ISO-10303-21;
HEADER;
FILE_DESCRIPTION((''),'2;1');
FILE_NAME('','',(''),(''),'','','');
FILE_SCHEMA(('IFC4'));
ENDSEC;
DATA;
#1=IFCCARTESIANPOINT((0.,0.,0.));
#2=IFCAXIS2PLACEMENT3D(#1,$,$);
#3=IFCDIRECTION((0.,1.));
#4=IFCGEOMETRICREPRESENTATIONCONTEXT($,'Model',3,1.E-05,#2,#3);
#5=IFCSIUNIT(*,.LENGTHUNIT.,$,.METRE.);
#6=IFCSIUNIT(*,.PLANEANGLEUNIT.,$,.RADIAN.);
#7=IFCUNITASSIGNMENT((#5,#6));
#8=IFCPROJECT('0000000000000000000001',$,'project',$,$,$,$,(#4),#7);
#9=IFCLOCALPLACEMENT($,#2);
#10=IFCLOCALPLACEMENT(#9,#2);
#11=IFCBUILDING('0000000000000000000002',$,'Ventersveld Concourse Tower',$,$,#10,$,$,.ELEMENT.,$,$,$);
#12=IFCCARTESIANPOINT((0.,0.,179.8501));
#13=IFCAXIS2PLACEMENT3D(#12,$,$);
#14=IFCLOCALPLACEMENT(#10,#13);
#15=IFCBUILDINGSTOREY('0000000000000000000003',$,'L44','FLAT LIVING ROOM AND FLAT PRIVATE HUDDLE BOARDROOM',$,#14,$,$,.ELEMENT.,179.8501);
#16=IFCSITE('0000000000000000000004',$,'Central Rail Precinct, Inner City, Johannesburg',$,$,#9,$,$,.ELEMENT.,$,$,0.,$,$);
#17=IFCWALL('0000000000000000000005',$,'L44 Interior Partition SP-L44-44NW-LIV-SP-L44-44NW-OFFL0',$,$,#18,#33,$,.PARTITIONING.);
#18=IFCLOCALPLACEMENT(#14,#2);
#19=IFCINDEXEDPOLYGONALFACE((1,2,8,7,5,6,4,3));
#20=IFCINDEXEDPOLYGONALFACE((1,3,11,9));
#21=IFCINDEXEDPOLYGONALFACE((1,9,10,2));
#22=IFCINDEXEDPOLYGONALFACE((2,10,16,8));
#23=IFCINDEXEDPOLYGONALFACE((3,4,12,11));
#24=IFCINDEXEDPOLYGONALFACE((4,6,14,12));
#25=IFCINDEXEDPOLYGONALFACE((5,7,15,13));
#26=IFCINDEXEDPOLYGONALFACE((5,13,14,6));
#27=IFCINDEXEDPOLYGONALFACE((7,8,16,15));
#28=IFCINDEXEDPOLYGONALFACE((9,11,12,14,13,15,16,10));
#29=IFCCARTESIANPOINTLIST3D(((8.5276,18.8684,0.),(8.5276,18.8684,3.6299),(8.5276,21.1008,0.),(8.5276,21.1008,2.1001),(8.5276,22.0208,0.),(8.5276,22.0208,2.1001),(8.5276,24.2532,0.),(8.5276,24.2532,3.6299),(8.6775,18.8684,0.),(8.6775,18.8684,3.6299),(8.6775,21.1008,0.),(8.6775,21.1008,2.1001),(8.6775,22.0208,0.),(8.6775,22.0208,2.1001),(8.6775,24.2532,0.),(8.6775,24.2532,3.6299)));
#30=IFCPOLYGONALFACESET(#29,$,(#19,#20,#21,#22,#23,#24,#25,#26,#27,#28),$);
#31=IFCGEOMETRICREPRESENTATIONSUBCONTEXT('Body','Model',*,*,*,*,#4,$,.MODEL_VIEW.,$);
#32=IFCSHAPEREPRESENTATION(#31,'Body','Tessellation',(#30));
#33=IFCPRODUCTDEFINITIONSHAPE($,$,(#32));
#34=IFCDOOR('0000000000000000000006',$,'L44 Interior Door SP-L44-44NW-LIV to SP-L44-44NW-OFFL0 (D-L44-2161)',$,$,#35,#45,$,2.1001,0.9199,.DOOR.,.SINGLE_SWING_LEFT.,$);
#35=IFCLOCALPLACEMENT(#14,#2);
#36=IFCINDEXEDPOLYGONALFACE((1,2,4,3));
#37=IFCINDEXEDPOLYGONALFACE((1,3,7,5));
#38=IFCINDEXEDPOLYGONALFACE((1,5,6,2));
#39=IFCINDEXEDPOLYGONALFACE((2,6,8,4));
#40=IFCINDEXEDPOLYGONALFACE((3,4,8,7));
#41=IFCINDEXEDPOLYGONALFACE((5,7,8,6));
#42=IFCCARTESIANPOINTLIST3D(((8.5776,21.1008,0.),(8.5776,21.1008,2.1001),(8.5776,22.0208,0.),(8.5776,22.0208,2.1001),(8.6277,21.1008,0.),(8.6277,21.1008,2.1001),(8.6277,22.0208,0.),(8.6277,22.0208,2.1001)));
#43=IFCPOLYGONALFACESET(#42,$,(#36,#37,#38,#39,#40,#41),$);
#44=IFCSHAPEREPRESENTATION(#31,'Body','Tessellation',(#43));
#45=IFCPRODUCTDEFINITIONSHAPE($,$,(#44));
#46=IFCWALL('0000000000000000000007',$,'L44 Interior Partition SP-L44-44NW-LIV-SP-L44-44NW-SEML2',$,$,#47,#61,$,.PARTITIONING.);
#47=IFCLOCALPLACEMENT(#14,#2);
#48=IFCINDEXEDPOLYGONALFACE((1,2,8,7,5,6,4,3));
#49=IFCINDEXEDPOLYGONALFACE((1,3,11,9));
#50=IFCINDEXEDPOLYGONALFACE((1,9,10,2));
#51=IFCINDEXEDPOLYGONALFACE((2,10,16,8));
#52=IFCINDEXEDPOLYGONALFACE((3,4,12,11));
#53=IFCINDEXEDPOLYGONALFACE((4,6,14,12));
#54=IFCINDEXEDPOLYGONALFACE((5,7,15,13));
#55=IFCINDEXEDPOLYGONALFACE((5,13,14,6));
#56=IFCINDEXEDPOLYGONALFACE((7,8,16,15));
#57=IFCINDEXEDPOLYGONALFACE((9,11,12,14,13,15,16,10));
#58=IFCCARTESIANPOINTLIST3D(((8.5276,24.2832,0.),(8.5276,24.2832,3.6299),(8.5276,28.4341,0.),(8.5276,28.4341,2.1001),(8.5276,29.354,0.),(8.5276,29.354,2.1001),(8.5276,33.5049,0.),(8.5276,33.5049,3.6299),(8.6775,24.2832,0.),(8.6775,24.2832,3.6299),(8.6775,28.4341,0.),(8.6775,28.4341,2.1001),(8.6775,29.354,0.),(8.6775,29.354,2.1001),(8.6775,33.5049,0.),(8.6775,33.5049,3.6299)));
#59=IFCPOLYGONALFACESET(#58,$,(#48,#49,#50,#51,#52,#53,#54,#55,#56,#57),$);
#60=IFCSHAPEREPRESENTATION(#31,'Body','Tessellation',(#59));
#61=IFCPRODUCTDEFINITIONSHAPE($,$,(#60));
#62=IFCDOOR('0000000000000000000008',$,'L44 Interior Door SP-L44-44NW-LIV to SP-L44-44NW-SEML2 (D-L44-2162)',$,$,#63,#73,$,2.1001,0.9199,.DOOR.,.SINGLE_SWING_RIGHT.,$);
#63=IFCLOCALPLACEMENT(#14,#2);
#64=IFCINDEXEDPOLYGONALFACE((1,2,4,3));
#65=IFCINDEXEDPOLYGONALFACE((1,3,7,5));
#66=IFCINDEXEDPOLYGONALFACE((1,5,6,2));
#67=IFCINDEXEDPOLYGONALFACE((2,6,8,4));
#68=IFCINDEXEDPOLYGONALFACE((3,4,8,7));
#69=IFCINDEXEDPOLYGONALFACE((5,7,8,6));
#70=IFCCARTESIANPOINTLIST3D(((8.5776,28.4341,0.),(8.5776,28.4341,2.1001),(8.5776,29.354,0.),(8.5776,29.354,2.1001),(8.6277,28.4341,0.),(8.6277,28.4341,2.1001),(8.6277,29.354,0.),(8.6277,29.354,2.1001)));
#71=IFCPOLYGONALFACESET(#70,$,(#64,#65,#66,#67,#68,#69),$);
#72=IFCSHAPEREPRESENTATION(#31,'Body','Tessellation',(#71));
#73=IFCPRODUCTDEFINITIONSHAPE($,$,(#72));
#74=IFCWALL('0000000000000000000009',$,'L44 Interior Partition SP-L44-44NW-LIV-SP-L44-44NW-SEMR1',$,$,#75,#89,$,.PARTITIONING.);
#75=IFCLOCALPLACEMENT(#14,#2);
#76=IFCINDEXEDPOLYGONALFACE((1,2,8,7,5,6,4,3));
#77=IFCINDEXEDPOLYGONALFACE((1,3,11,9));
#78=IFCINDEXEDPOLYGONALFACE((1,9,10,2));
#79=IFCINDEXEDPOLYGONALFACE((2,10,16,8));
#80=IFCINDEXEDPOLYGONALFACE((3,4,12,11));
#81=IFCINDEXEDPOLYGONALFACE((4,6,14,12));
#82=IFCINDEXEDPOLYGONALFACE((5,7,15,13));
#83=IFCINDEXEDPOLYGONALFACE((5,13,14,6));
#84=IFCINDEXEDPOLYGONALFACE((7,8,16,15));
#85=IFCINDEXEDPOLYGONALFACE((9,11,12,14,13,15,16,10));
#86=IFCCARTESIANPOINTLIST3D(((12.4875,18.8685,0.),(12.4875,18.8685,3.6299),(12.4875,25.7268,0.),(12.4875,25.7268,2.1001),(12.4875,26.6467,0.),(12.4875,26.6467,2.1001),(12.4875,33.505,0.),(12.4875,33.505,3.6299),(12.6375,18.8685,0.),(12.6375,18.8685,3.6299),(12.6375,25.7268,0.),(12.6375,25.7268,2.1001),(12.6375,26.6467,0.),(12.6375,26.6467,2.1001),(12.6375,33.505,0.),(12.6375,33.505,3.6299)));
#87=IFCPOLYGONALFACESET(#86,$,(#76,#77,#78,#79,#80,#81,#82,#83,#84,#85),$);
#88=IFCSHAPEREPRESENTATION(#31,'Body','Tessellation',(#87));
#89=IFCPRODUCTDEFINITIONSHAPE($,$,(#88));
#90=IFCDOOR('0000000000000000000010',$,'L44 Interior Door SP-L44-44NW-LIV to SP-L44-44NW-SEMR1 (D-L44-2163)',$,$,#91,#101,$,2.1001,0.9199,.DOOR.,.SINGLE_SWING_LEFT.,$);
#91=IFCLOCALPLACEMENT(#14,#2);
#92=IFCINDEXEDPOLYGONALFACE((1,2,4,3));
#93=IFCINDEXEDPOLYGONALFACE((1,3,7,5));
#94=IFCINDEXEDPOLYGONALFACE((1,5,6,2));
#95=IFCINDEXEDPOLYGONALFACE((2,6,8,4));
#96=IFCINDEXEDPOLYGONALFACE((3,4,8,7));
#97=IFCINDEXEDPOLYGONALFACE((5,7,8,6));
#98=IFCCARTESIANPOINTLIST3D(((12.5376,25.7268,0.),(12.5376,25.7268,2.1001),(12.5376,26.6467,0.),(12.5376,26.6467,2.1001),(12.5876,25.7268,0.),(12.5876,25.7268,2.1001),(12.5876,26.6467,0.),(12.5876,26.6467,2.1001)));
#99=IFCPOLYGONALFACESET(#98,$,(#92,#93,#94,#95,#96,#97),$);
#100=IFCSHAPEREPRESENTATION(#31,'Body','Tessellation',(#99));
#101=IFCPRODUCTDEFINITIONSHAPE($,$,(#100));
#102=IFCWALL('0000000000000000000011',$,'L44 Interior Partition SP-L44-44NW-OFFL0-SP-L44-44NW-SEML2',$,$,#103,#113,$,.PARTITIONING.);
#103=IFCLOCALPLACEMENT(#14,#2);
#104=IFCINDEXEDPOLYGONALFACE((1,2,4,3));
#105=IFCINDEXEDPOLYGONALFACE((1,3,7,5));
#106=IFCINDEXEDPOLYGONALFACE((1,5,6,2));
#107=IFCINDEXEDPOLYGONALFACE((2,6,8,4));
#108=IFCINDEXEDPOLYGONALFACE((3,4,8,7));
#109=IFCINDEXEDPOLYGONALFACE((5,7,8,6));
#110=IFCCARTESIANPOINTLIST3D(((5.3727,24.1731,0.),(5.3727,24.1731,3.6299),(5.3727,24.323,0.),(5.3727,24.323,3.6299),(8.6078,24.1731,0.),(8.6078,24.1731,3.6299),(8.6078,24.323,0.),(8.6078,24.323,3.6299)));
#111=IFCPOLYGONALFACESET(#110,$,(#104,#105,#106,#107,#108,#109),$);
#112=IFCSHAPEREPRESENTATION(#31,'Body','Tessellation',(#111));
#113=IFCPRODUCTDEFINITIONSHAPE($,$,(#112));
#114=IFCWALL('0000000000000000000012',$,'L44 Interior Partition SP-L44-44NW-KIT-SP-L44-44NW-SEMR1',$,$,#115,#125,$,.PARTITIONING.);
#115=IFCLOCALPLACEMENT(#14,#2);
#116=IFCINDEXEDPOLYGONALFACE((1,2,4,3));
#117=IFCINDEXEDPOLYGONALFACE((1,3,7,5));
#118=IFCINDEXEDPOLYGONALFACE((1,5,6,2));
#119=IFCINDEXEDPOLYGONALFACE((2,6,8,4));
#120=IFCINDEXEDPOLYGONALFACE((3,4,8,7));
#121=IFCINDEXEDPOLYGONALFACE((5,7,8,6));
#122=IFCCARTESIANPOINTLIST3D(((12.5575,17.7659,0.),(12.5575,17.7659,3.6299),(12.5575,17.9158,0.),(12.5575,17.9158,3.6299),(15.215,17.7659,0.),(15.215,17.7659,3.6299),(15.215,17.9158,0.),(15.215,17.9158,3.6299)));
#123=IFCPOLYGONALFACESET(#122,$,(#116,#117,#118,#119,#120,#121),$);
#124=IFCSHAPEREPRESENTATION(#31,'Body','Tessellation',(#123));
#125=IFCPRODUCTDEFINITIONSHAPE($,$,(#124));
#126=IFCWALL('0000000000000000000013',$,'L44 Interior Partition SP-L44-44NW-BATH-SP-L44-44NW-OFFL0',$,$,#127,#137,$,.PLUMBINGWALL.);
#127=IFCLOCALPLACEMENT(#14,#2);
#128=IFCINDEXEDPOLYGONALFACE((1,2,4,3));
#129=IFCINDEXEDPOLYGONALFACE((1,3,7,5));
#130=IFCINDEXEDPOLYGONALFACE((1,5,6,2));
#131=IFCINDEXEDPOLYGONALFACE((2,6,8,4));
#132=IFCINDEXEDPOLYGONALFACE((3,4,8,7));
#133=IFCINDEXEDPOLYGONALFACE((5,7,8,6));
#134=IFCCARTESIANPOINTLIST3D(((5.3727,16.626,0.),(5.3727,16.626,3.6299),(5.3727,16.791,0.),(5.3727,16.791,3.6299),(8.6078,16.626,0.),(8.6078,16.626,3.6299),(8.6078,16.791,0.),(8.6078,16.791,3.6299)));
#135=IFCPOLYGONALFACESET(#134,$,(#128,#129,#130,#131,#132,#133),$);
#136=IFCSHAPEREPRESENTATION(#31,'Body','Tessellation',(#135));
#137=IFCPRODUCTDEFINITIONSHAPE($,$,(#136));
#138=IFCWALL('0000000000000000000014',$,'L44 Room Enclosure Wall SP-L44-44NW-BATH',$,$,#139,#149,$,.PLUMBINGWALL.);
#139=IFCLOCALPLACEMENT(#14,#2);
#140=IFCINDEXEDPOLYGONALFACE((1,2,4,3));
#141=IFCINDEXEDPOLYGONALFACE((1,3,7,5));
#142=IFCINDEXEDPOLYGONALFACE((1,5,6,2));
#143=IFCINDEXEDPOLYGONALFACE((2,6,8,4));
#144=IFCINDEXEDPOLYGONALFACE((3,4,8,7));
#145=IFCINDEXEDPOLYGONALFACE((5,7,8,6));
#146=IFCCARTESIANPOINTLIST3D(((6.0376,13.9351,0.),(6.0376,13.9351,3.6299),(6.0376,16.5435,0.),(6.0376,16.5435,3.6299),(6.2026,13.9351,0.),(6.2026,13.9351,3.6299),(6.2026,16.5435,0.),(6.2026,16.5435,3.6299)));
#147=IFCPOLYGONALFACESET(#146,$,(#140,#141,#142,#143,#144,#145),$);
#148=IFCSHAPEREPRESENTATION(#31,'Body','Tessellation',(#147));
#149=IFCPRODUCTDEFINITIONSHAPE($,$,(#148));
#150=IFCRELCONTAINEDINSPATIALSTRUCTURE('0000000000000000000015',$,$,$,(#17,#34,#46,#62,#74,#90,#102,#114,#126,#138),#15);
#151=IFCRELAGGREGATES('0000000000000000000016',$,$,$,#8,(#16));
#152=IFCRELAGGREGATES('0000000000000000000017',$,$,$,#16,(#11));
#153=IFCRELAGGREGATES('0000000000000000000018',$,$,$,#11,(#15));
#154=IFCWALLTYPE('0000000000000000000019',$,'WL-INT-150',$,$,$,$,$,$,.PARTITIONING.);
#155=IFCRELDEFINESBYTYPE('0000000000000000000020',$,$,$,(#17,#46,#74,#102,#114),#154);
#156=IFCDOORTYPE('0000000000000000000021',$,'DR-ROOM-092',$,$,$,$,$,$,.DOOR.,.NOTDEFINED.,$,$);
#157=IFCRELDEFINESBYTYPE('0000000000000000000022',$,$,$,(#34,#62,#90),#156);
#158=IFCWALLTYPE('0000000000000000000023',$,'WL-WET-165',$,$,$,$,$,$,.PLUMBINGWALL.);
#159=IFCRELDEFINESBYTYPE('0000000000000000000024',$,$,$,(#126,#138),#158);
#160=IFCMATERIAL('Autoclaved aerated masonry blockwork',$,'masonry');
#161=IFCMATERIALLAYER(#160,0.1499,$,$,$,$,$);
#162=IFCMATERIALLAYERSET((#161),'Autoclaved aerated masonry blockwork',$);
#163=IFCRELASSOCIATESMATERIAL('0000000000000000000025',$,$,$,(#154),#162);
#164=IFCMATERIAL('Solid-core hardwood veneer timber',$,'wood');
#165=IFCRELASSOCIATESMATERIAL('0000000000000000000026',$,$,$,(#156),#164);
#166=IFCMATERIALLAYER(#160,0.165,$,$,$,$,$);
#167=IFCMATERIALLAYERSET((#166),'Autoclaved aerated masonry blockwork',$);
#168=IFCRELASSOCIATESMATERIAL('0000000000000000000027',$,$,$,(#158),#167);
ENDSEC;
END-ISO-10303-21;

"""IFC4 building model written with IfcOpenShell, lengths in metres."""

from ifc_helpers import new_model, si_unit, direction, frame, frame_2d, origin, place, context, subcontext, project, spatial, rectangle, extrude, material, layer, layer_set, type_object, element, fill, save


model = new_model("IFC4")

# Units and contexts
model_context = context("Model", 3, precision=1e-05, world=origin(), true_north=direction((0.0, 1.0)))
body_context = subcontext(model_context, "Body", "Model", "MODEL_VIEW")
ifc_project = project(units=[si_unit("LENGTHUNIT", "METRE"), si_unit("PLANEANGLEUNIT", "RADIAN")], contexts=[model_context])

# Site, building, storey
site_placement = place(None, origin())
site = spatial("IfcSite", under=ifc_project, at=site_placement, Name="Central Rail Precinct, Inner City, Johannesburg", CompositionType="ELEMENT", RefElevation=0.0)
building_placement = place(site_placement, origin())
building = spatial("IfcBuilding", under=site, at=building_placement, Name="Ventersveld Concourse Tower", CompositionType="ELEMENT")
storey_placement = place(building_placement, frame((0.0, 0.0, 179.8501)))
storey = spatial("IfcBuildingStorey", under=building, at=storey_placement, Name="L44", Description="FLAT LIVING ROOM AND FLAT PRIVATE HUDDLE BOARDROOM", CompositionType="ELEMENT", Elevation=179.8501)

# Shared definitions
ifc_material_1 = material(Name="Autoclaved aerated masonry blockwork", Category="masonry")
ifc_layer_1 = layer(ifc_material_1, 0.1499)
ifc_layer_set_1 = layer_set([ifc_layer_1], Name="Autoclaved aerated masonry blockwork")
wall_type_1 = type_object("IfcWallType", Name="WL-INT-150", PredefinedType="PARTITIONING", material=ifc_layer_set_1)
ifc_material_2 = material(Name="Solid-core hardwood veneer timber", Category="wood")
door_type = type_object("IfcDoorType", Name="DR-ROOM-092", OperationType="NOTDEFINED", PredefinedType="DOOR", material=ifc_material_2)

# Walls, openings, doors
wall_1_placement = place(storey_placement, frame((8.6025, 18.8684, 0.0), z_axis=(0.0, 0.0, 1.0), x_axis=(0.0, 1.0, 0.0)))
wall_1 = element("IfcWall", 1, at=wall_1_placement, inside=storey, type_object=wall_type_1, Name="L44 Interior Partition SP-L44-44NW-LIV-SP-L44-44NW-OFFL0", PredefinedType="PARTITIONING", context=body_context, shape_type="SweptSolid", body=[
    extrude(rectangle(XDim=5.3848, YDim=0.1499, at=frame_2d((2.6924, 0.0))), origin(), (0.0, 0.0, 1.0), 3.6299),
])
opening_1_placement = place(wall_1_placement, frame((2.2324, 0.0, 0.0)))
opening_1 = element("IfcOpeningElement", 2, at=opening_1_placement, cuts=wall_1, PredefinedType="OPENING", context=body_context, shape_type="SweptSolid", body=[
    extrude(rectangle(XDim=0.9199, YDim=2.1001, at=frame_2d((0.46, 1.05))), frame((0.0, 0.085, 0.0), z_axis=(0.0, -1.0, 0.0), x_axis=(1.0, 0.0, 0.0)), (0.0, 0.0, 1.0), 0.1699),
])
door_1_placement = place(opening_1_placement, origin())
door_1 = element("IfcDoor", 3, at=door_1_placement, inside=storey, type_object=door_type, Name="L44 Interior Door SP-L44-44NW-LIV to SP-L44-44NW-OFFL0 (D-L44-2161)", OperationType="SINGLE_SWING_LEFT", OverallHeight=2.1001, OverallWidth=0.9199, PredefinedType="DOOR", context=body_context, shape_type="SweptSolid", body=[
    extrude(rectangle(XDim=0.9199, YDim=2.1001, at=frame_2d((0.46, 1.05))), frame((0.0, 0.0249, 0.0), z_axis=(0.0, -1.0, 0.0), x_axis=(1.0, 0.0, 0.0)), (0.0, 0.0, 1.0), 0.05),
])
fill(opening_1, door_1)
wall_2_placement = place(storey_placement, frame((8.6025, 24.2832, 0.0), z_axis=(0.0, 0.0, 1.0), x_axis=(0.0, 1.0, 0.0)))
wall_2 = element("IfcWall", 4, at=wall_2_placement, inside=storey, type_object=wall_type_1, Name="L44 Interior Partition SP-L44-44NW-LIV-SP-L44-44NW-SEML2", PredefinedType="PARTITIONING", context=body_context, shape_type="SweptSolid", body=[
    extrude(rectangle(XDim=9.2217, YDim=0.1499, at=frame_2d((4.6108, 0.0))), origin(), (0.0, 0.0, 1.0), 3.6299),
])
opening_2_placement = place(wall_2_placement, frame((4.1509, 0.0, 0.0)))
opening_2 = element("IfcOpeningElement", 5, at=opening_2_placement, cuts=wall_2, PredefinedType="OPENING", context=body_context, shape_type="SweptSolid", body=[
    extrude(rectangle(XDim=0.9199, YDim=2.1001, at=frame_2d((0.46, 1.05))), frame((0.0, 0.085, 0.0), z_axis=(0.0, -1.0, 0.0), x_axis=(1.0, 0.0, 0.0)), (0.0, 0.0, 1.0), 0.1699),
])
door_2_placement = place(opening_2_placement, origin())
door_2 = element("IfcDoor", 6, at=door_2_placement, inside=storey, type_object=door_type, Name="L44 Interior Door SP-L44-44NW-LIV to SP-L44-44NW-SEML2 (D-L44-2162)", OperationType="SINGLE_SWING_RIGHT", OverallHeight=2.1001, OverallWidth=0.9199, PredefinedType="DOOR", context=body_context, shape_type="SweptSolid", body=[
    extrude(rectangle(XDim=0.9199, YDim=2.1001, at=frame_2d((0.46, 1.05))), frame((0.0, 0.0249, 0.0), z_axis=(0.0, -1.0, 0.0), x_axis=(1.0, 0.0, 0.0)), (0.0, 0.0, 1.0), 0.05),
])
fill(opening_2, door_2)
wall_3_placement = place(storey_placement, frame((12.5625, 18.8684, 0.0), z_axis=(0.0, 0.0, 1.0), x_axis=(0.0, 1.0, 0.0)))
wall_3 = element("IfcWall", 7, at=wall_3_placement, inside=storey, type_object=wall_type_1, Name="L44 Interior Partition SP-L44-44NW-LIV-SP-L44-44NW-SEMR1", PredefinedType="PARTITIONING", context=body_context, shape_type="SweptSolid", body=[
    extrude(rectangle(XDim=14.6365, YDim=0.1499, at=frame_2d((7.3184, 0.0))), origin(), (0.0, 0.0, 1.0), 3.6299),
])
opening_3_placement = place(wall_3_placement, frame((6.8584, 0.0, 0.0)))
opening_3 = element("IfcOpeningElement", 8, at=opening_3_placement, cuts=wall_3, PredefinedType="OPENING", context=body_context, shape_type="SweptSolid", body=[
    extrude(rectangle(XDim=0.9199, YDim=2.1001, at=frame_2d((0.46, 1.05))), frame((0.0, 0.085, 0.0), z_axis=(0.0, -1.0, 0.0), x_axis=(1.0, 0.0, 0.0)), (0.0, 0.0, 1.0), 0.1699),
])
door_3_placement = place(opening_3_placement, origin())
door_3 = element("IfcDoor", 9, at=door_3_placement, inside=storey, type_object=door_type, Name="L44 Interior Door SP-L44-44NW-LIV to SP-L44-44NW-SEMR1 (D-L44-2163)", OperationType="SINGLE_SWING_LEFT", OverallHeight=2.1001, OverallWidth=0.9199, PredefinedType="DOOR", context=body_context, shape_type="SweptSolid", body=[
    extrude(rectangle(XDim=0.9199, YDim=2.1001, at=frame_2d((0.46, 1.05))), frame((0.0, 0.0249, 0.0), z_axis=(0.0, -1.0, 0.0), x_axis=(1.0, 0.0, 0.0)), (0.0, 0.0, 1.0), 0.05),
])
fill(opening_3, door_3)

# Walls
wall_4_placement = place(storey_placement, frame((5.3726, 24.248, 0.0), z_axis=(0.0, 0.0, 1.0), x_axis=(1.0, 0.0, 0.0)))
element("IfcWall", 10, at=wall_4_placement, inside=storey, type_object=wall_type_1, Name="L44 Interior Partition SP-L44-44NW-OFFL0-SP-L44-44NW-SEML2", PredefinedType="PARTITIONING", context=body_context, shape_type="SweptSolid", body=[
    extrude(rectangle(XDim=3.2351, YDim=0.1499, at=frame_2d((1.6177, 0.0))), origin(), (0.0, 0.0, 1.0), 3.6299),
])
wall_5_placement = place(storey_placement, frame((12.5576, 17.8408, 0.0), z_axis=(0.0, 0.0, 1.0), x_axis=(1.0, 0.0, 0.0)))
element("IfcWall", 11, at=wall_5_placement, inside=storey, type_object=wall_type_1, Name="L44 Interior Partition SP-L44-44NW-KIT-SP-L44-44NW-SEMR1", PredefinedType="PARTITIONING", context=body_context, shape_type="SweptSolid", body=[
    extrude(rectangle(XDim=2.6575, YDim=0.1499, at=frame_2d((1.3286, 0.0))), origin(), (0.0, 0.0, 1.0), 3.6299),
])
ifc_layer_2 = layer(ifc_material_1, 0.165)
ifc_layer_set_2 = layer_set([ifc_layer_2], Name="Autoclaved aerated masonry blockwork")
wall_type_2 = type_object("IfcWallType", Name="WL-WET-165", PredefinedType="PLUMBINGWALL", material=ifc_layer_set_2)
wall_6_placement = place(storey_placement, frame((5.3726, 16.7085, 0.0), z_axis=(0.0, 0.0, 1.0), x_axis=(1.0, 0.0, 0.0)))
element("IfcWall", 12, at=wall_6_placement, inside=storey, type_object=wall_type_2, Name="L44 Interior Partition SP-L44-44NW-BATH-SP-L44-44NW-OFFL0", PredefinedType="PLUMBINGWALL", context=body_context, shape_type="SweptSolid", body=[
    extrude(rectangle(XDim=3.2351, YDim=0.165, at=frame_2d((1.6177, 0.0))), origin(), (0.0, 0.0, 1.0), 3.6299),
])
wall_7_placement = place(storey_placement, frame((6.1201, 13.9351, 0.0), z_axis=(0.0, 0.0, 1.0), x_axis=(0.0, 1.0, 0.0)))
element("IfcWall", 13, at=wall_7_placement, inside=storey, type_object=wall_type_2, Name="L44 Room Enclosure Wall SP-L44-44NW-BATH", PredefinedType="PLUMBINGWALL", context=body_context, shape_type="SweptSolid", body=[
    extrude(rectangle(XDim=2.6084, YDim=0.165, at=frame_2d((1.3042, 0.0))), origin(), (0.0, 0.0, 1.0), 3.6299),
])

save(model, "model.ifc")
